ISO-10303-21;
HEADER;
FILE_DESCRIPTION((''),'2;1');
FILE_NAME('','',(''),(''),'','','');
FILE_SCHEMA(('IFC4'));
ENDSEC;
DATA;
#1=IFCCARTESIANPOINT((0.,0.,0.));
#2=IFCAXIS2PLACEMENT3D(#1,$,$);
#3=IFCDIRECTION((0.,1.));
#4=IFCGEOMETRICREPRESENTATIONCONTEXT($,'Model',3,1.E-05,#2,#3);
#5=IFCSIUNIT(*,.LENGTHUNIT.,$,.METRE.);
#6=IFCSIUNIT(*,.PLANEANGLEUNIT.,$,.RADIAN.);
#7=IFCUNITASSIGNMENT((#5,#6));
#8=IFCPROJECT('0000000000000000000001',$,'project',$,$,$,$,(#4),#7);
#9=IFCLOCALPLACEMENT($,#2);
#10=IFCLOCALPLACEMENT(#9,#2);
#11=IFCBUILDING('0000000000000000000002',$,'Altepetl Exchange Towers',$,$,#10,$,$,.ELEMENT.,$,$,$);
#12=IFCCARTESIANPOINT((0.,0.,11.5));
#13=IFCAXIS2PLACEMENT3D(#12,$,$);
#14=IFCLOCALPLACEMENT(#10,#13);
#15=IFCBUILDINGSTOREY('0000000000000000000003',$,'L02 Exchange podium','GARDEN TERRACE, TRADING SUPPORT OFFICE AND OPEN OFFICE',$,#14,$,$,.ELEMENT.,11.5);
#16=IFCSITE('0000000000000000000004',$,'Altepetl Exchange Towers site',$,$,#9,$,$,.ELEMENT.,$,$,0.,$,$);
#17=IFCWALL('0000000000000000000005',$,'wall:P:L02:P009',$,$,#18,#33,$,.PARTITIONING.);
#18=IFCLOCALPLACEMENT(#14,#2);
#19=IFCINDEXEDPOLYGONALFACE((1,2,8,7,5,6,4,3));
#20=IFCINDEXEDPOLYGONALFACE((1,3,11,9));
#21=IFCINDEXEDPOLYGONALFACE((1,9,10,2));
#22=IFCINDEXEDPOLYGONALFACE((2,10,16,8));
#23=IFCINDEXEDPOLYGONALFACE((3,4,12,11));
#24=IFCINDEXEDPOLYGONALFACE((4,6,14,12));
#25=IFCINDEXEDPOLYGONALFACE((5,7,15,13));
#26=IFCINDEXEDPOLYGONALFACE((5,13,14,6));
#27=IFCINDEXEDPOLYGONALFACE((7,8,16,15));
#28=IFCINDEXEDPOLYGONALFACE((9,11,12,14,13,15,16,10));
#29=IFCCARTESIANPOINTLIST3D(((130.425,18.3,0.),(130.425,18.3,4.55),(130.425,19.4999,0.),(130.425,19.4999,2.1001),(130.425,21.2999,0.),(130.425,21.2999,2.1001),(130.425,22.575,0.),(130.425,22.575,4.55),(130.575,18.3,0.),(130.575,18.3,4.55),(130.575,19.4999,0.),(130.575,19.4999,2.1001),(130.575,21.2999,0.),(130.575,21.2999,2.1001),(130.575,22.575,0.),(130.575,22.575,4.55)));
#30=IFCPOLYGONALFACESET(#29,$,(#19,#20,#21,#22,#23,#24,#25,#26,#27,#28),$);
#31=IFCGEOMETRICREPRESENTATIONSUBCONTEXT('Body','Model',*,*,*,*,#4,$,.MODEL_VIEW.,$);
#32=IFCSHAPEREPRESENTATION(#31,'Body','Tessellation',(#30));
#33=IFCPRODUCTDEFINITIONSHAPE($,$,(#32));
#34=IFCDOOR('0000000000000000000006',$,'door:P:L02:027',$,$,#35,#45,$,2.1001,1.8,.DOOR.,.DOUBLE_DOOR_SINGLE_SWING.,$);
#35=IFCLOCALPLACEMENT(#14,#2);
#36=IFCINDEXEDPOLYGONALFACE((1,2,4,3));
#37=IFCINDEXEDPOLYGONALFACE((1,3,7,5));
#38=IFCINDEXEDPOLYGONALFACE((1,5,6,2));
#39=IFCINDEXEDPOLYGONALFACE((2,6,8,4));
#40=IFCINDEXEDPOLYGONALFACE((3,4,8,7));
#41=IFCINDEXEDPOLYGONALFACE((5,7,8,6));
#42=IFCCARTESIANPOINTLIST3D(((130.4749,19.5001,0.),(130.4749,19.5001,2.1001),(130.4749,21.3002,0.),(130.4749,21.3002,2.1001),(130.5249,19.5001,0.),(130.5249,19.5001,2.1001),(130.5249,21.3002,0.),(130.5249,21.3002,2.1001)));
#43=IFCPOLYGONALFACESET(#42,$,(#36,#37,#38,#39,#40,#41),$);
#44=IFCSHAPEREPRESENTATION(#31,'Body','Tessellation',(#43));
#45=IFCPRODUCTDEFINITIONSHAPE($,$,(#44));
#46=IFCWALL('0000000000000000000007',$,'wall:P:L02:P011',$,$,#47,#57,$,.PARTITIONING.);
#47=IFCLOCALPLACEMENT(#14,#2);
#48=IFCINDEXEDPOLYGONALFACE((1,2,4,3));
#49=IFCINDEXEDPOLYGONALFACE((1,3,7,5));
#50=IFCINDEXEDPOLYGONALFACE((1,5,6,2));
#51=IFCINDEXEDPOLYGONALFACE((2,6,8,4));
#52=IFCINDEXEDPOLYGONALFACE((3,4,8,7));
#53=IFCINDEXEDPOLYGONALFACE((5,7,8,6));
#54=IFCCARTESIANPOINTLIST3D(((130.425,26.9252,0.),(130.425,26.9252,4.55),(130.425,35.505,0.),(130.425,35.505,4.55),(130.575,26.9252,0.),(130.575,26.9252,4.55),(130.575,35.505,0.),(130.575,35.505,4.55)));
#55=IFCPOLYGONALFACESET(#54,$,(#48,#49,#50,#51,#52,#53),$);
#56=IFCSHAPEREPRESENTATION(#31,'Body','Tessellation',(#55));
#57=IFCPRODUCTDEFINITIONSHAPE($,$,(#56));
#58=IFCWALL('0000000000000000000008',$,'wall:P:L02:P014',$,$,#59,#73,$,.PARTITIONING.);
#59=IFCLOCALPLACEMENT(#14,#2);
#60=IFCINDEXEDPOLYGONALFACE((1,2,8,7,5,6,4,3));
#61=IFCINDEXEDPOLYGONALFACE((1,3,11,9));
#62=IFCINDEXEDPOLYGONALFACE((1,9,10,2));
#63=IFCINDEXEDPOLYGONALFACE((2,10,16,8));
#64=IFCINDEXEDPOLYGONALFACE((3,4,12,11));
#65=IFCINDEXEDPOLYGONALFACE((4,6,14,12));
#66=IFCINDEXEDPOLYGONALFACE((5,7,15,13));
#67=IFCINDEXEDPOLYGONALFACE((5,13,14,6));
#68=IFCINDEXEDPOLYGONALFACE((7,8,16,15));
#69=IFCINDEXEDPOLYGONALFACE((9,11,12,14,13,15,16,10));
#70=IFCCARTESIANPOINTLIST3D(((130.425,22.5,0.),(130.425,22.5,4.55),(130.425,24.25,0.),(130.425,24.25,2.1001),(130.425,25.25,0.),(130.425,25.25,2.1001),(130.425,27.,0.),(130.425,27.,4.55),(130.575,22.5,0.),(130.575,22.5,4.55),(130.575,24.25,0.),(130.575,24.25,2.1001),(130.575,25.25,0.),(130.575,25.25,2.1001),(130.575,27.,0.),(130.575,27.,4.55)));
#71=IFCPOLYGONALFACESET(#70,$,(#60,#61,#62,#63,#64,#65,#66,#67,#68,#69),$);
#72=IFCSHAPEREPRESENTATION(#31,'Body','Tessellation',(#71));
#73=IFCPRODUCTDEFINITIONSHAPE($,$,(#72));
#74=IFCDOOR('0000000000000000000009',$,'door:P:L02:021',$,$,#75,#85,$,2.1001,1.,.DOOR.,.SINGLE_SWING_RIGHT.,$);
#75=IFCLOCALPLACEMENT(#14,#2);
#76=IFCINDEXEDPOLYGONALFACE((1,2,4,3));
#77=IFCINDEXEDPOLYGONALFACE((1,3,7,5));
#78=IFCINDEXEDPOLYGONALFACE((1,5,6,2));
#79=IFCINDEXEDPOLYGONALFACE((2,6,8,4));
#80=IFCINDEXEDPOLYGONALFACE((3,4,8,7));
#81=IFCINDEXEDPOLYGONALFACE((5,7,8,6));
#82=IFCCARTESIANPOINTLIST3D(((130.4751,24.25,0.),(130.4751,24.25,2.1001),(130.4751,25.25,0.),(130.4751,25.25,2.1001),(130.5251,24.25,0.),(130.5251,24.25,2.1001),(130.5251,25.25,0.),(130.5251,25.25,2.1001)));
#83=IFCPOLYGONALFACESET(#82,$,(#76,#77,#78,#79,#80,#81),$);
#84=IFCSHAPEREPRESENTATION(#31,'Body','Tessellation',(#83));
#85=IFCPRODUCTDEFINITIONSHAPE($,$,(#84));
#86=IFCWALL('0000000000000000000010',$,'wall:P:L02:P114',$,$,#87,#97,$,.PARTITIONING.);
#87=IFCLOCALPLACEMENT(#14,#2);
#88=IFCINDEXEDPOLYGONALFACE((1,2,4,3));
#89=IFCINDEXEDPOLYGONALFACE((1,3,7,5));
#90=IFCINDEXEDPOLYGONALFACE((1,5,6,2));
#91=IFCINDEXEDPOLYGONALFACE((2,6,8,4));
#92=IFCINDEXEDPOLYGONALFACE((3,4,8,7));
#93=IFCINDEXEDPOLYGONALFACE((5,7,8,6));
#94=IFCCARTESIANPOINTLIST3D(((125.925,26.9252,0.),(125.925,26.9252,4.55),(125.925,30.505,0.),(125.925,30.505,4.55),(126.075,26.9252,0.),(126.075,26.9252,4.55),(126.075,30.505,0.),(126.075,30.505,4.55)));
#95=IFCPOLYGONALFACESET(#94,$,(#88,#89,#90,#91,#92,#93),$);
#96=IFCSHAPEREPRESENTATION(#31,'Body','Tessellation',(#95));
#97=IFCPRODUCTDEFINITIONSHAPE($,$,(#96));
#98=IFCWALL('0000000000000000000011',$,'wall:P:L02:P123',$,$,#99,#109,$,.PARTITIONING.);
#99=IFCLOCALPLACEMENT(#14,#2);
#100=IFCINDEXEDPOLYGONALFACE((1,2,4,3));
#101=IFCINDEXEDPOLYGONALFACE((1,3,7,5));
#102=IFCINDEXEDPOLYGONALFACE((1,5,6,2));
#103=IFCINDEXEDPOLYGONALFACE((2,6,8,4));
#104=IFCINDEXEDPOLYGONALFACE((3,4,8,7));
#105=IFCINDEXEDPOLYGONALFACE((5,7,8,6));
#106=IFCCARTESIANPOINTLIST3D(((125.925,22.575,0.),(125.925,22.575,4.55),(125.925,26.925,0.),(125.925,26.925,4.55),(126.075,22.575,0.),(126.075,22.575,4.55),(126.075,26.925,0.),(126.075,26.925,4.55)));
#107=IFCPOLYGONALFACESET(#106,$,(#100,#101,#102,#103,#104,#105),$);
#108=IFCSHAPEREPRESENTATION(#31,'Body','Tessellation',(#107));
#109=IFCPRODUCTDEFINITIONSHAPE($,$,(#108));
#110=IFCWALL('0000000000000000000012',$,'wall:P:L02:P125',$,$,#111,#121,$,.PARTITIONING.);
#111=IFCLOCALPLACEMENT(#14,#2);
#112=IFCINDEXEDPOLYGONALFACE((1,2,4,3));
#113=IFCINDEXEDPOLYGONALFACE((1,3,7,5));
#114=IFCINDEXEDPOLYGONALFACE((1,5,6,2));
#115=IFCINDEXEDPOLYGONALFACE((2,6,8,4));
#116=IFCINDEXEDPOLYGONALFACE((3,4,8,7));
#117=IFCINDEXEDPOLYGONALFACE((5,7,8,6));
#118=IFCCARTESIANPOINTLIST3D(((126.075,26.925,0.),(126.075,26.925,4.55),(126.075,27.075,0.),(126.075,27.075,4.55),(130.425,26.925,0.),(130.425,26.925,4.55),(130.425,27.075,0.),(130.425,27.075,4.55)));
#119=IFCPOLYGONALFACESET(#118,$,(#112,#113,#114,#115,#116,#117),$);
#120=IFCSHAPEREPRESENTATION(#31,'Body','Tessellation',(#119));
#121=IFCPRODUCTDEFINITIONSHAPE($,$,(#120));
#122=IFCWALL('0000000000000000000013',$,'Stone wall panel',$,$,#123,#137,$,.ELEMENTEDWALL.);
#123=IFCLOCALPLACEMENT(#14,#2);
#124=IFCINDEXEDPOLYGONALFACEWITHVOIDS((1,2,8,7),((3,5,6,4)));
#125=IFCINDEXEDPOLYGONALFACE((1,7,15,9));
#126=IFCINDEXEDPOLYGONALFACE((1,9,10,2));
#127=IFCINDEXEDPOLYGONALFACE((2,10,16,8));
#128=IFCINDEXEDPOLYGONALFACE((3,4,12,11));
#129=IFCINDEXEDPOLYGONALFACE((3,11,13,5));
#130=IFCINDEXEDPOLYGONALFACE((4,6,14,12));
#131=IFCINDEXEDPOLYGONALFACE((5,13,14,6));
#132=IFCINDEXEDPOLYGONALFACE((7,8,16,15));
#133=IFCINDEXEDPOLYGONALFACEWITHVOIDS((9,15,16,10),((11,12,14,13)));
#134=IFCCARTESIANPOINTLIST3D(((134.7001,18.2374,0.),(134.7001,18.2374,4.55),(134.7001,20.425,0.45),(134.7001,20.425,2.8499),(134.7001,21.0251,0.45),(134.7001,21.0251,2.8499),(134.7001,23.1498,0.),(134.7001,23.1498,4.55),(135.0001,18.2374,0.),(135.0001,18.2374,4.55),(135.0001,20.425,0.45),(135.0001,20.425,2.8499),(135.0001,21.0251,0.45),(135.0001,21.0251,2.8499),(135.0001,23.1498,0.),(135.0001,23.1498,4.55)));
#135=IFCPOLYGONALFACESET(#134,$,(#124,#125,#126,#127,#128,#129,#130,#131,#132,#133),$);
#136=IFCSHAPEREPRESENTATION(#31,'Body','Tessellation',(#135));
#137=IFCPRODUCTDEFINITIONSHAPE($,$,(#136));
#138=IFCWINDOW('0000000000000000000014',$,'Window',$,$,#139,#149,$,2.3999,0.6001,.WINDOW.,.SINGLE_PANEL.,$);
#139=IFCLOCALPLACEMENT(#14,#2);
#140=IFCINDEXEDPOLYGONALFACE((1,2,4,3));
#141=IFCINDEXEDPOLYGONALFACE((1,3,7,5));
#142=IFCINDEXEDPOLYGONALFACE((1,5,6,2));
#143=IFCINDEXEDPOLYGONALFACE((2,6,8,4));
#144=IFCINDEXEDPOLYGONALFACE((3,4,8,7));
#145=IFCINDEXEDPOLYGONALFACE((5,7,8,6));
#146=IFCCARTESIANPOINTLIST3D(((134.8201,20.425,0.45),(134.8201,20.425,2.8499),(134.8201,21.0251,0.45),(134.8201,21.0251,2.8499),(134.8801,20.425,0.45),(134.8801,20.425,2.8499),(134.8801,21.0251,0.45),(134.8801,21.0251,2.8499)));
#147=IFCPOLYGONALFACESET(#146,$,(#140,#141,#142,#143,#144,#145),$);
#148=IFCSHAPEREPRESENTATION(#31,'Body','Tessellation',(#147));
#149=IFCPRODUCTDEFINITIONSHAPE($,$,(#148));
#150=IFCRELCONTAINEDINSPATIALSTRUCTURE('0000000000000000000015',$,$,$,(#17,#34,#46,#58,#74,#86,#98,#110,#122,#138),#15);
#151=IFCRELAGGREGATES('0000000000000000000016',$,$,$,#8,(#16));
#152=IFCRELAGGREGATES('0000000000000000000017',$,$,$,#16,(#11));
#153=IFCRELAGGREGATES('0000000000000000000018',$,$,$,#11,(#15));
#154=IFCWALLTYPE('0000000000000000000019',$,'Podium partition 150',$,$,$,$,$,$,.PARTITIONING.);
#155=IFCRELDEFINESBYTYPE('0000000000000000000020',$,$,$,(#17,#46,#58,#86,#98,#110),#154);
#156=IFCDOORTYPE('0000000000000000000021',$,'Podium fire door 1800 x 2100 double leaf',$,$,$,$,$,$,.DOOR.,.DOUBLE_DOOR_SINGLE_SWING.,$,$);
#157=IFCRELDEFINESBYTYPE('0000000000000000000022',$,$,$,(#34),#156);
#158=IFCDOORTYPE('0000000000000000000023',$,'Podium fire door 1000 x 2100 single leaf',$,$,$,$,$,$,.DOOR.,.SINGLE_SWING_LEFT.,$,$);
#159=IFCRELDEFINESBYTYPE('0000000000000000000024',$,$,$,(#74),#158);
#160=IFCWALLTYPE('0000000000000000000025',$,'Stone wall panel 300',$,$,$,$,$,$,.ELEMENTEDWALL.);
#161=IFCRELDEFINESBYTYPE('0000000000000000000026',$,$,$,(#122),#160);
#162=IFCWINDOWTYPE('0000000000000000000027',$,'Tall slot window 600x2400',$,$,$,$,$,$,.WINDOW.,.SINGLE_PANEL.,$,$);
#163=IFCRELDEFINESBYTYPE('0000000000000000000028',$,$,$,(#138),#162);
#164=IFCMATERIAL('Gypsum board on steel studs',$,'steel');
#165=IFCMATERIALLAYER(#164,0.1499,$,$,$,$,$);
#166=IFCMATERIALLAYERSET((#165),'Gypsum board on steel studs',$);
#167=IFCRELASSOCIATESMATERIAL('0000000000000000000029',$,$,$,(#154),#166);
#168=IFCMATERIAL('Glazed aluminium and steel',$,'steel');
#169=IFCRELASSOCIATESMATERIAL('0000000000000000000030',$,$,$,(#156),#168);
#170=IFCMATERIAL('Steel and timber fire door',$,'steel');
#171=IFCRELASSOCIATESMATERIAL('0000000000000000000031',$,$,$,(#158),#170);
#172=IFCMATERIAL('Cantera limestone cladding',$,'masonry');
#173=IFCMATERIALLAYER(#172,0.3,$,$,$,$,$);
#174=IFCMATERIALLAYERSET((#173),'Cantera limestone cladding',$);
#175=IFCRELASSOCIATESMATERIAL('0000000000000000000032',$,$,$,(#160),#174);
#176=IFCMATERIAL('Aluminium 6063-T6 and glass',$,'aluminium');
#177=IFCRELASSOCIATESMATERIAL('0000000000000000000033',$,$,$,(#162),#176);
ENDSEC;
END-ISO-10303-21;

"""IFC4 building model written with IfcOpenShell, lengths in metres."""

from ifc_helpers import new_model, si_unit, direction, frame, frame_2d, origin, place, context, subcontext, project, spatial, rectangle, extrude, material, layer, layer_set, type_object, element, fill, save


model = new_model("IFC4")

# Units and contexts
model_context = context("Model", 3, precision=1e-05, world=origin(), true_north=direction((0.0, 1.0)))
body_context = subcontext(model_context, "Body", "Model", "MODEL_VIEW")
ifc_project = project(units=[si_unit("LENGTHUNIT", "METRE"), si_unit("PLANEANGLEUNIT", "RADIAN")], contexts=[model_context])

# Site, building, storey
site_placement = place(None, origin())
site = spatial("IfcSite", under=ifc_project, at=site_placement, Name="Altepetl Exchange Towers site", CompositionType="ELEMENT", RefElevation=0.0)
building_placement = place(site_placement, origin())
building = spatial("IfcBuilding", under=site, at=building_placement, Name="Altepetl Exchange Towers", CompositionType="ELEMENT")
storey_placement = place(building_placement, frame((0.0, 0.0, 11.5)))
storey = spatial("IfcBuildingStorey", under=building, at=storey_placement, Name="L02 Exchange podium", Description="GARDEN TERRACE, TRADING SUPPORT OFFICE AND OPEN OFFICE", CompositionType="ELEMENT", Elevation=11.5)

# Shared definitions
ifc_material_1 = material(Name="Aluminium 6063-T6 and glass", Category="aluminium")

# Wall, opening, door
ifc_material_2 = material(Name="Gypsum board on steel studs", Category="steel")
ifc_layer_1 = layer(ifc_material_2, 0.1499)
ifc_layer_set_1 = layer_set([ifc_layer_1], Name="Gypsum board on steel studs")
wall_type_1 = type_object("IfcWallType", Name="Podium partition 150", PredefinedType="PARTITIONING", material=ifc_layer_set_1)
wall_1_placement = place(storey_placement, frame((130.5, 18.3, 0.0), z_axis=(0.0, 0.0, 1.0), x_axis=(0.0, 1.0, 0.0)))
wall_1 = element("IfcWall", 1, at=wall_1_placement, inside=storey, type_object=wall_type_1, Name="wall:P:L02:P009", PredefinedType="PARTITIONING", context=body_context, shape_type="SweptSolid", body=[
    extrude(rectangle(XDim=4.2749, YDim=0.1499, at=frame_2d((2.1375, 0.0))), origin(), (0.0, 0.0, 1.0), 4.55),
])
opening_1_placement = place(wall_1_placement, frame((1.2, 0.0, 0.0)))
opening_1 = element("IfcOpeningElement", 2, at=opening_1_placement, cuts=wall_1, PredefinedType="OPENING", context=body_context, shape_type="SweptSolid", body=[
    extrude(rectangle(XDim=1.8, YDim=2.1001, at=frame_2d((0.8999, 1.05))), frame((0.0, 0.085, 0.0), z_axis=(0.0, -1.0, 0.0), x_axis=(1.0, 0.0, 0.0)), (0.0, 0.0, 1.0), 0.1699),
])
ifc_material_3 = material(Name="Glazed aluminium and steel", Category="steel")
door_type_1 = type_object("IfcDoorType", Name="Podium fire door 1800 x 2100 double leaf", OperationType="DOUBLE_DOOR_SINGLE_SWING", PredefinedType="DOOR", material=ifc_material_3)
door_1_placement = place(opening_1_placement, frame((1.8, 0.0, 0.0), x_axis=(-1.0, 0.0, 0.0)))
door_1 = element("IfcDoor", 3, at=door_1_placement, inside=storey, type_object=door_type_1, Name="door:P:L02:027", OperationType="DOUBLE_DOOR_SINGLE_SWING", OverallHeight=2.1001, OverallWidth=1.8, PredefinedType="DOOR", context=body_context, shape_type="SweptSolid", body=[
    extrude(rectangle(XDim=1.8, YDim=2.1001, at=frame_2d((0.8999, 1.05))), frame((0.0, 0.0249, 0.0), z_axis=(0.0, -1.0, 0.0), x_axis=(1.0, 0.0, 0.0)), (0.0, 0.0, 1.0), 0.05),
])
fill(opening_1, door_1)

# Wall
wall_2_placement = place(storey_placement, frame((130.5, 26.925, 0.0), z_axis=(0.0, 0.0, 1.0), x_axis=(0.0, 1.0, 0.0)))
element("IfcWall", 4, at=wall_2_placement, inside=storey, type_object=wall_type_1, Name="wall:P:L02:P011", PredefinedType="PARTITIONING", context=body_context, shape_type="SweptSolid", body=[
    extrude(rectangle(XDim=8.5798, YDim=0.1499, at=frame_2d((4.29, 0.0))), origin(), (0.0, 0.0, 1.0), 4.55),
])

# Wall, opening, door
wall_3_placement = place(storey_placement, frame((130.5, 22.5, 0.0), z_axis=(0.0, 0.0, 1.0), x_axis=(0.0, 1.0, 0.0)))
wall_3 = element("IfcWall", 5, at=wall_3_placement, inside=storey, type_object=wall_type_1, Name="wall:P:L02:P014", PredefinedType="PARTITIONING", context=body_context, shape_type="SweptSolid", body=[
    extrude(rectangle(XDim=4.5, YDim=0.1499, at=frame_2d((2.25, 0.0))), origin(), (0.0, 0.0, 1.0), 4.55),
])
opening_2_placement = place(wall_3_placement, frame((1.75, 0.0, 0.0)))
opening_2 = element("IfcOpeningElement", 6, at=opening_2_placement, cuts=wall_3, PredefinedType="OPENING", context=body_context, shape_type="SweptSolid", body=[
    extrude(rectangle(XDim=1.0, YDim=2.1001, at=frame_2d((0.5, 1.05))), frame((0.0, 0.085, 0.0), z_axis=(0.0, -1.0, 0.0), x_axis=(1.0, 0.0, 0.0)), (0.0, 0.0, 1.0), 0.1699),
])
ifc_material_4 = material(Name="Steel and timber fire door", Category="steel")
door_type_2 = type_object("IfcDoorType", Name="Podium fire door 1000 x 2100 single leaf", OperationType="SINGLE_SWING_LEFT", PredefinedType="DOOR", material=ifc_material_4)
door_2_placement = place(opening_2_placement, origin())
door_2 = element("IfcDoor", 7, at=door_2_placement, inside=storey, type_object=door_type_2, Name="door:P:L02:021", OperationType="SINGLE_SWING_RIGHT", OverallHeight=2.1001, OverallWidth=1.0, PredefinedType="DOOR", context=body_context, shape_type="SweptSolid", body=[
    extrude(rectangle(XDim=1.0, YDim=2.1001, at=frame_2d((0.5, 1.05))), frame((0.0, 0.0249, 0.0), z_axis=(0.0, -1.0, 0.0), x_axis=(1.0, 0.0, 0.0)), (0.0, 0.0, 1.0), 0.05),
])
fill(opening_2, door_2)

# Walls
wall_4_placement = place(storey_placement, frame((126.0, 26.925, 0.0), z_axis=(0.0, 0.0, 1.0), x_axis=(0.0, 1.0, 0.0)))
element("IfcWall", 8, at=wall_4_placement, inside=storey, type_object=wall_type_1, Name="wall:P:L02:P114", PredefinedType="PARTITIONING", context=body_context, shape_type="SweptSolid", body=[
    extrude(rectangle(XDim=3.5798, YDim=0.1499, at=frame_2d((1.79, 0.0))), origin(), (0.0, 0.0, 1.0), 4.55),
])
wall_5_placement = place(storey_placement, frame((126.0, 22.575, 0.0), z_axis=(0.0, 0.0, 1.0), x_axis=(0.0, 1.0, 0.0)))
element("IfcWall", 9, at=wall_5_placement, inside=storey, type_object=wall_type_1, Name="wall:P:L02:P123", PredefinedType="PARTITIONING", context=body_context, shape_type="SweptSolid", body=[
    extrude(rectangle(XDim=4.3501, YDim=0.1499, at=frame_2d((2.175, 0.0))), origin(), (0.0, 0.0, 1.0), 4.55),
])
wall_6_placement = place(storey_placement, frame((126.075, 27.0, 0.0)))
element("IfcWall", 10, at=wall_6_placement, inside=storey, type_object=wall_type_1, Name="wall:P:L02:P125", PredefinedType="PARTITIONING", context=body_context, shape_type="SweptSolid", body=[
    extrude(rectangle(XDim=4.3501, YDim=0.1499, at=frame_2d((2.175, 0.0))), origin(), (0.0, 0.0, 1.0), 4.55),
])

# Wall, opening, window
ifc_material_5 = material(Name="Cantera limestone cladding", Category="masonry")
ifc_layer_2 = layer(ifc_material_5, 0.3)
ifc_layer_set_2 = layer_set([ifc_layer_2], Name="Cantera limestone cladding")
wall_type_2 = type_object("IfcWallType", Name="Stone wall panel 300", PredefinedType="ELEMENTEDWALL", material=ifc_layer_set_2)
wall_7_placement = place(storey_placement, frame((134.8501, 18.2375, 0.0), z_axis=(0.0, 0.0, 1.0), x_axis=(0.0, 1.0, 0.0)))
wall_7 = element("IfcWall", 11, at=wall_7_placement, inside=storey, type_object=wall_type_2, Name="Stone wall panel", PredefinedType="ELEMENTEDWALL", context=body_context, shape_type="SweptSolid", body=[
    extrude(rectangle(XDim=4.9124, YDim=0.3, at=frame_2d((2.4561, 0.0))), origin(), (0.0, 0.0, 1.0), 4.55),
])
opening_3_placement = place(wall_7_placement, frame((2.1875, 0.0, 0.45)))
opening_3 = element("IfcOpeningElement", 12, at=opening_3_placement, cuts=wall_7, PredefinedType="OPENING", context=body_context, shape_type="SweptSolid", body=[
    extrude(rectangle(XDim=0.6001, YDim=2.3999, at=frame_2d((0.3, 1.2))), frame((0.0, 0.1602, 0.0), z_axis=(0.0, -1.0, 0.0), x_axis=(1.0, 0.0, 0.0)), (0.0, 0.0, 1.0), 0.3201),
])
window_type = type_object("IfcWindowType", Name="Tall slot window 600x2400", PartitioningType="SINGLE_PANEL", PredefinedType="WINDOW", material=ifc_material_1)
window_1_placement = place(opening_3_placement, origin())
window_1 = element("IfcWindow", 13, at=window_1_placement, inside=storey, type_object=window_type, Name="Window", OverallHeight=2.3999, OverallWidth=0.6001, PartitioningType="SINGLE_PANEL", PredefinedType="WINDOW", context=body_context, shape_type="SweptSolid", body=[
    extrude(rectangle(XDim=0.6001, YDim=2.3999, at=frame_2d((0.3, 1.2))), frame((0.0, 0.03, 0.0), z_axis=(0.0, -1.0, 0.0), x_axis=(1.0, 0.0, 0.0)), (0.0, 0.0, 1.0), 0.0601),
])
fill(opening_3, window_1)

save(model, "model.ifc")
